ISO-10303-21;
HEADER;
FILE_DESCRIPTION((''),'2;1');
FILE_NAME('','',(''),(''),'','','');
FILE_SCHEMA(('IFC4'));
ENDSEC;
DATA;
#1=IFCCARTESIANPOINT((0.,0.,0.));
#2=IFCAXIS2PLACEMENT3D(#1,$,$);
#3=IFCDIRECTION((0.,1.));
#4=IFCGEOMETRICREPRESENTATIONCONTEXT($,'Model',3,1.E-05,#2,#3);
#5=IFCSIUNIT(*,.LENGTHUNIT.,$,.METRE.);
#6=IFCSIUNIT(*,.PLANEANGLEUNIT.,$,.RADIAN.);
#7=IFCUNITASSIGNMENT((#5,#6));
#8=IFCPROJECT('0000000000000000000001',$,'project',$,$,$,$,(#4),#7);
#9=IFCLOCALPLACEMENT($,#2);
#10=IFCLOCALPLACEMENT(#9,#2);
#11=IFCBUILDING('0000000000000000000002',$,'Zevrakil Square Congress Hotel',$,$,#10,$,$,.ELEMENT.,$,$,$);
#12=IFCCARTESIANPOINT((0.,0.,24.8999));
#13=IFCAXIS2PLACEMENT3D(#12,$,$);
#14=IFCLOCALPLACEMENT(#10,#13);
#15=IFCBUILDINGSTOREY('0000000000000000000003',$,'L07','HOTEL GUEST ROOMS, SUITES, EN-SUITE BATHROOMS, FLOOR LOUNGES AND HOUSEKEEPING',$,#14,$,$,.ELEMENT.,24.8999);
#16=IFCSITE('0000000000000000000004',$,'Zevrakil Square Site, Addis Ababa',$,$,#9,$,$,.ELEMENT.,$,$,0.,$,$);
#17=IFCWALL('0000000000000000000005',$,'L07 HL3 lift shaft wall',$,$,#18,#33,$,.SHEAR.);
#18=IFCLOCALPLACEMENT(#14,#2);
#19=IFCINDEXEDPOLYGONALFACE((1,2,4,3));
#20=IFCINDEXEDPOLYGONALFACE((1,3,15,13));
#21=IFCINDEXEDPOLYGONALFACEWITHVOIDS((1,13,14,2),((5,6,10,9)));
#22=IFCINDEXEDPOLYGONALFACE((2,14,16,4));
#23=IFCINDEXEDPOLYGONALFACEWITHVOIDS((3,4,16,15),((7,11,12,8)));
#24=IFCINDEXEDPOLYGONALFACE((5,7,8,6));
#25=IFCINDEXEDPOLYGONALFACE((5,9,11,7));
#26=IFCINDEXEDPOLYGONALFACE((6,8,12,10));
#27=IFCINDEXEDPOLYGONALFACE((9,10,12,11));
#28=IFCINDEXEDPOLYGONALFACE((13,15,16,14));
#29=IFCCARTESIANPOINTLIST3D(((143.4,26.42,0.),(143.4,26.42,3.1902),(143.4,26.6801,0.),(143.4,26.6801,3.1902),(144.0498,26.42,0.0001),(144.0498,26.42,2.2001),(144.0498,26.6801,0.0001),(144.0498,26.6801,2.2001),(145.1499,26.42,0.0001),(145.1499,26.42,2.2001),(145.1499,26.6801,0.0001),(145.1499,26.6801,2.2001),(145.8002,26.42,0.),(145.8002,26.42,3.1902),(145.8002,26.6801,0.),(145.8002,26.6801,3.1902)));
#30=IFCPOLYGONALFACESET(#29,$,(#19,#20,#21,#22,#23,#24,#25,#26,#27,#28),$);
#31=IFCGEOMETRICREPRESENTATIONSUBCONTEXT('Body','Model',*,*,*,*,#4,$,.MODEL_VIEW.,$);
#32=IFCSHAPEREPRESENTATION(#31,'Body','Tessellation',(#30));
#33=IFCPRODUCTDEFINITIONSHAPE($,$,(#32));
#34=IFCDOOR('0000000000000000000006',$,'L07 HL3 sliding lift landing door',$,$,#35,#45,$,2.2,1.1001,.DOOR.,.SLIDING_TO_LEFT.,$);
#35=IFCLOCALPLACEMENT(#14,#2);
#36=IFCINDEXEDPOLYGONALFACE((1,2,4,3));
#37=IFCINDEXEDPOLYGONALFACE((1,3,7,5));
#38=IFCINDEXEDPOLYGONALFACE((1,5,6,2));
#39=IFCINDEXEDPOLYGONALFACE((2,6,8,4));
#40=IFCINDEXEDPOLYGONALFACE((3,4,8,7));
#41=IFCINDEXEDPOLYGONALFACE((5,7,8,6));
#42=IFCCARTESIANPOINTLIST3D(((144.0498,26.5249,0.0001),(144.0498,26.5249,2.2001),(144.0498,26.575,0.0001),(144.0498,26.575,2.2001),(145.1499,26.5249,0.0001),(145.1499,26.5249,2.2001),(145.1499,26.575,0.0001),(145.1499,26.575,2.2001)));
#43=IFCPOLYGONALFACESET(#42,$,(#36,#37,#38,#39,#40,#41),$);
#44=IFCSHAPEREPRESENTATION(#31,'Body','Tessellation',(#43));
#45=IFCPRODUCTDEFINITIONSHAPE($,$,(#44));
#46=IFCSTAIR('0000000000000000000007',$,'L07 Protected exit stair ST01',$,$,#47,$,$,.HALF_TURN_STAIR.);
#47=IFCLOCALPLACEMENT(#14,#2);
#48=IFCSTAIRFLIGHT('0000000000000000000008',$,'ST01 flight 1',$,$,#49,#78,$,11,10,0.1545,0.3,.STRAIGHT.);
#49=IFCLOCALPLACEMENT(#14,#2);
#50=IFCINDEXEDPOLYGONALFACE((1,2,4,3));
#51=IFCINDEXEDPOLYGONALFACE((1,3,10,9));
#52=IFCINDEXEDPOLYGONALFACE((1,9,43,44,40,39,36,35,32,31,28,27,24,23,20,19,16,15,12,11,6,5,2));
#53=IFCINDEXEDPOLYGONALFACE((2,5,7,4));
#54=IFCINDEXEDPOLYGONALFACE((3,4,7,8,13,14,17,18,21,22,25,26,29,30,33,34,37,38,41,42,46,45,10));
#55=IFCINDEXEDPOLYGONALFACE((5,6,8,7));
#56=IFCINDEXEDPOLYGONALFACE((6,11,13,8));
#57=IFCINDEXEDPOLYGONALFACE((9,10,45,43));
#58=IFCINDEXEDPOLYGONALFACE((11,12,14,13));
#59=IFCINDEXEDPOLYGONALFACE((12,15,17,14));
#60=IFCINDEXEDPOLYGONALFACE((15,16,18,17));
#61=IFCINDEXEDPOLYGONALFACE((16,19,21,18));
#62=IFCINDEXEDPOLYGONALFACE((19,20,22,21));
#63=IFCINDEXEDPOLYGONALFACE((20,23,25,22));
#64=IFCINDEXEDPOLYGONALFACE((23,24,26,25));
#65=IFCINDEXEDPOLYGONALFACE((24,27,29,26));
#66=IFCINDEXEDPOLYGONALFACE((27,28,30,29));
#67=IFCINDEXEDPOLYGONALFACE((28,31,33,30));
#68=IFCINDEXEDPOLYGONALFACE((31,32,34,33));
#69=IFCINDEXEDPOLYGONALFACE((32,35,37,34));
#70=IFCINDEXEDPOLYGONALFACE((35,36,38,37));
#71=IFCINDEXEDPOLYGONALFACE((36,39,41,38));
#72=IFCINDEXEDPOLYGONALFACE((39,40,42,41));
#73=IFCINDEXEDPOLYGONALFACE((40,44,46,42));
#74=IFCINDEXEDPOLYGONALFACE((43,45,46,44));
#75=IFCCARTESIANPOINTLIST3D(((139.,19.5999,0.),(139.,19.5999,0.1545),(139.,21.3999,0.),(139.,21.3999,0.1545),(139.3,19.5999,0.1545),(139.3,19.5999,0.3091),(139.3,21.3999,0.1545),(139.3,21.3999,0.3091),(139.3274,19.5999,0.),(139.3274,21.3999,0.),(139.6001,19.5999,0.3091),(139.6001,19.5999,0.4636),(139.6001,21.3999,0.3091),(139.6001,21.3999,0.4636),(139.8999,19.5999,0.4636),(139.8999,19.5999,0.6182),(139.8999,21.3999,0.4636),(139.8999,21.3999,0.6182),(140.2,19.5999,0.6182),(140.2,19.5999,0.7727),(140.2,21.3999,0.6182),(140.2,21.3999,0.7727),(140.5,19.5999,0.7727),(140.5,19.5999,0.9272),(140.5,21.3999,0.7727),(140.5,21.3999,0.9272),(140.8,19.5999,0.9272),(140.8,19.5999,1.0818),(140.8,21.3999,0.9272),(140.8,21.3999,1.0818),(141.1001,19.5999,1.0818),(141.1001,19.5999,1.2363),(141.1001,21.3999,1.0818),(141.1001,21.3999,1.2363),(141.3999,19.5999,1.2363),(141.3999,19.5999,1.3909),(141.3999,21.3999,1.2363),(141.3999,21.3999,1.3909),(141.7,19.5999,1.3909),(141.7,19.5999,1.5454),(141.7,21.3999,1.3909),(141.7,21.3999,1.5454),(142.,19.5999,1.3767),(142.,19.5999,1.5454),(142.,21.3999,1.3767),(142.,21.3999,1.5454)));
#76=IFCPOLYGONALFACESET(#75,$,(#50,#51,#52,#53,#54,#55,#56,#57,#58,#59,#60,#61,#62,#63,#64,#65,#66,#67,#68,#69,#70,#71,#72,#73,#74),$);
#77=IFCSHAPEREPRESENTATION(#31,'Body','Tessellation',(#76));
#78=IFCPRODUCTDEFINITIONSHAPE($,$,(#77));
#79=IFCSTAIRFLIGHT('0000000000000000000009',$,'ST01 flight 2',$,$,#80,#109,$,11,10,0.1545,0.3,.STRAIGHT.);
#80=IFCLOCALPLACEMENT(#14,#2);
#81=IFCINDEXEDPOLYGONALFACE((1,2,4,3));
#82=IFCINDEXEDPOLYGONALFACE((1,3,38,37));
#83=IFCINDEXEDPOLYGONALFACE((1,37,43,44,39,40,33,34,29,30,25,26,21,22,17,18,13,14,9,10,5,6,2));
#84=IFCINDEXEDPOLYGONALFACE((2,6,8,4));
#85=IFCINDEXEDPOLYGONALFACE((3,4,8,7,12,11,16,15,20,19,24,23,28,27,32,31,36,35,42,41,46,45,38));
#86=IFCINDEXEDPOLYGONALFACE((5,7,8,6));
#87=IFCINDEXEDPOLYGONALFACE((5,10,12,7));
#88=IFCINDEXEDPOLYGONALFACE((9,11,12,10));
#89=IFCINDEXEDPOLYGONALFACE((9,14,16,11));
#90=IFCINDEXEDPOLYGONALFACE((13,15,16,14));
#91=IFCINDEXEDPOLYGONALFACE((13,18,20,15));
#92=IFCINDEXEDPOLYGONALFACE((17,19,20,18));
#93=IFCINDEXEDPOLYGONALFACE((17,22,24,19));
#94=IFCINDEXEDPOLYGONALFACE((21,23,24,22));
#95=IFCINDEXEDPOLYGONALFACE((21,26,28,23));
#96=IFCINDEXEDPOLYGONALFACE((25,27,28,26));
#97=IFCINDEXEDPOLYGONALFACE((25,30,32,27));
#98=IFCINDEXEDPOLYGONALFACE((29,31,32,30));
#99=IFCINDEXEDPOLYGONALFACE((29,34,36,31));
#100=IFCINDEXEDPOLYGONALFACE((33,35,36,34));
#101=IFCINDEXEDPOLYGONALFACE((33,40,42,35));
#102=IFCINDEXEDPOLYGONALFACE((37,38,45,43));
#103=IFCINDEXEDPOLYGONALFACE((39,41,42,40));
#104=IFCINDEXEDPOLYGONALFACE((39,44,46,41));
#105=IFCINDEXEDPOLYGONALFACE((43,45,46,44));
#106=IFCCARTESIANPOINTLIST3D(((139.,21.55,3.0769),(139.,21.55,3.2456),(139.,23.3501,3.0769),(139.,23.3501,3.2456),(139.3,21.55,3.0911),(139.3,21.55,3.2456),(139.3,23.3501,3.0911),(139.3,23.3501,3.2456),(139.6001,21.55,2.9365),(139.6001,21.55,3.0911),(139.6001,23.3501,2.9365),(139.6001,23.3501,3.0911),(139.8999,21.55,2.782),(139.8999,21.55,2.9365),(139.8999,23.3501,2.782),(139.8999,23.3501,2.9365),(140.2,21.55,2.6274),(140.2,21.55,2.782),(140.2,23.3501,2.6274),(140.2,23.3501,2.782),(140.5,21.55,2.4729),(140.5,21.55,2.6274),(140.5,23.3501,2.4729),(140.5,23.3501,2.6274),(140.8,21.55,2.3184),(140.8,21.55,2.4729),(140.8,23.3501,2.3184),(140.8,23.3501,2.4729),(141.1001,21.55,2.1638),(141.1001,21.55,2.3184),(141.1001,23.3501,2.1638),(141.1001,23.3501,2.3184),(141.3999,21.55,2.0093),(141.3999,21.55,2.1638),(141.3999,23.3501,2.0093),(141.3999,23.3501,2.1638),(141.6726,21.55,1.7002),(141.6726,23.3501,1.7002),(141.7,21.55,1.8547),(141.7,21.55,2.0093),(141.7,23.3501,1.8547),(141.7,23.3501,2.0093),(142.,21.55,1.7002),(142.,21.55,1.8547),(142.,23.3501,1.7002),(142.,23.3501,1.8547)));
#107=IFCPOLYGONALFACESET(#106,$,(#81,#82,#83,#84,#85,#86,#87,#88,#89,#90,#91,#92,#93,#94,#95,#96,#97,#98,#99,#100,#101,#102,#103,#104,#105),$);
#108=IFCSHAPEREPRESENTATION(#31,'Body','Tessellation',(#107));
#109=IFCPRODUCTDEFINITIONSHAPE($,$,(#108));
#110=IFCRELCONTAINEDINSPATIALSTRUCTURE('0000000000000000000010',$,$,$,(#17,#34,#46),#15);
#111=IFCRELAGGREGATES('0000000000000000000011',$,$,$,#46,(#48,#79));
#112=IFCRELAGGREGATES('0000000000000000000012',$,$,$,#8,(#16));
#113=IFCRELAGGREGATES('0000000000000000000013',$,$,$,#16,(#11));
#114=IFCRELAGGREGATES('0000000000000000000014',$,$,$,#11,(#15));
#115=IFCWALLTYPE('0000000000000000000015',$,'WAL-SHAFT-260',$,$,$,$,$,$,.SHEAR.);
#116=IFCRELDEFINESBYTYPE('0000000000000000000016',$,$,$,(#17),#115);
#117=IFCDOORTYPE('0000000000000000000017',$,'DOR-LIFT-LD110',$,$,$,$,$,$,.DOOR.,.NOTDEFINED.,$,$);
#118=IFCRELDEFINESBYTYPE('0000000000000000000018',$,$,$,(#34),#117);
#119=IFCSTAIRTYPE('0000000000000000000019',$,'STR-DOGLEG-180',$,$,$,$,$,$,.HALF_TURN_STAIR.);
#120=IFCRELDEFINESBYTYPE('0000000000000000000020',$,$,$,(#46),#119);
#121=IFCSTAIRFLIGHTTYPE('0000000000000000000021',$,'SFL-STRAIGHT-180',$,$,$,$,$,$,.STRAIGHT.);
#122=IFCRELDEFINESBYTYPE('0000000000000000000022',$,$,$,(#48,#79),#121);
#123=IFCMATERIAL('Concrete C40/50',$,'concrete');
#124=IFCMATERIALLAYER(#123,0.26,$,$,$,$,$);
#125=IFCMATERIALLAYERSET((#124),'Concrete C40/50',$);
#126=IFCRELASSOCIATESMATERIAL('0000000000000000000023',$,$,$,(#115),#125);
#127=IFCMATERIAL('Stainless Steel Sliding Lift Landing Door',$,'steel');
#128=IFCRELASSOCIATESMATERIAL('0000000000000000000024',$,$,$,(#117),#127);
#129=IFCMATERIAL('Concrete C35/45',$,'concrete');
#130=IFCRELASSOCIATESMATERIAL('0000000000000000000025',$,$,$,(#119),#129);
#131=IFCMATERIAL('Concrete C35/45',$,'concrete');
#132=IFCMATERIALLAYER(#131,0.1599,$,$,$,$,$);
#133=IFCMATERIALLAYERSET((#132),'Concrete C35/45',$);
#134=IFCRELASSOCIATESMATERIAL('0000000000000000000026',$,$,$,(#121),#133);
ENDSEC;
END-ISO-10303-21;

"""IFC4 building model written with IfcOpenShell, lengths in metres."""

from ifc_helpers import new_model, si_unit, direction, frame, frame_2d, origin, place, context, subcontext, project, spatial, polyline, rectangle, outline, extrude, material, layer, layer_set, type_object, element, fill, aggregate, save


model = new_model("IFC4")

# Units and contexts
model_context = context("Model", 3, precision=1e-05, world=origin(), true_north=direction((0.0, 1.0)))
body_context = subcontext(model_context, "Body", "Model", "MODEL_VIEW")
ifc_project = project(units=[si_unit("LENGTHUNIT", "METRE"), si_unit("PLANEANGLEUNIT", "RADIAN")], contexts=[model_context])

# Site, building, storey
site_placement = place(None, origin())
site = spatial("IfcSite", under=ifc_project, at=site_placement, Name="Zevrakil Square Site, Addis Ababa", CompositionType="ELEMENT", RefElevation=0.0)
building_placement = place(site_placement, origin())
building = spatial("IfcBuilding", under=site, at=building_placement, Name="Zevrakil Square Congress Hotel", CompositionType="ELEMENT")
storey_placement = place(building_placement, frame((0.0, 0.0, 24.8999)))
storey = spatial("IfcBuildingStorey", under=building, at=storey_placement, Name="L07", Description="HOTEL GUEST ROOMS, SUITES, EN-SUITE BATHROOMS, FLOOR LOUNGES AND HOUSEKEEPING", CompositionType="ELEMENT", Elevation=24.8999)

# Wall, opening, door
ifc_material_1 = material(Name="Concrete C40/50", Category="concrete")
ifc_layer_1 = layer(ifc_material_1, 0.26)
ifc_layer_set_1 = layer_set([ifc_layer_1], Name="Concrete C40/50")
wall_type_1 = type_object("IfcWallType", Name="WAL-SHAFT-260", PredefinedType="SHEAR", material=ifc_layer_set_1)
ifc_material_2 = material(Name="Stainless Steel Sliding Lift Landing Door", Category="steel")
door_type_1 = type_object("IfcDoorType", Name="DOR-LIFT-LD110", OperationType="NOTDEFINED", PredefinedType="DOOR", material=ifc_material_2)
wall_1_placement = place(storey_placement, frame((143.3999, 26.55, 0.0), z_axis=(0.0, 0.0, 1.0), x_axis=(1.0, 0.0, 0.0)))
wall_1 = element("IfcWall", 1, at=wall_1_placement, inside=storey, type_object=wall_type_1, Name="L07 HL3 lift shaft wall", PredefinedType="SHEAR", context=body_context, shape_type="SweptSolid", body=[
    extrude(rectangle(XDim=2.4001, YDim=0.26, at=frame_2d((1.2002, 0.0))), origin(), (0.0, 0.0, 1.0), 3.1902),
])
opening_1_placement = place(wall_1_placement, frame((0.6499, 0.0, 0.0)))
opening_1 = element("IfcOpeningElement", 2, at=opening_1_placement, cuts=wall_1, PredefinedType="OPENING", context=body_context, shape_type="SweptSolid", body=[
    extrude(rectangle(XDim=1.1001, YDim=2.2, at=frame_2d((0.55, 1.1001))), frame((0.0, 0.1401, 0.0), z_axis=(0.0, -1.0, 0.0), x_axis=(1.0, 0.0, 0.0)), (0.0, 0.0, 1.0), 0.28),
])
door_1_placement = place(opening_1_placement, origin())
door_1 = element("IfcDoor", 3, at=door_1_placement, inside=storey, type_object=door_type_1, Name="L07 HL3 sliding lift landing door", OperationType="SLIDING_TO_LEFT", OverallHeight=2.2, OverallWidth=1.1001, PredefinedType="DOOR", context=body_context, shape_type="SweptSolid", body=[
    extrude(rectangle(XDim=1.1001, YDim=2.2, at=frame_2d((0.55, 1.1001))), frame((0.0, 0.0249, 0.0), z_axis=(0.0, -1.0, 0.0), x_axis=(1.0, 0.0, 0.0)), (0.0, 0.0, 1.0), 0.05),
])
fill(opening_1, door_1)

# Stair, stair flights
ifc_material_3 = material(Name="Concrete C35/45", Category="concrete")
stair_type = type_object("IfcStairType", Name="STR-DOGLEG-180", PredefinedType="HALF_TURN_STAIR", material=ifc_material_3)
stair_placement = place(storey_placement, origin())
stair = element("IfcStair", 4, at=stair_placement, inside=storey, type_object=stair_type, Name="L07 Protected exit stair ST01", PredefinedType="HALF_TURN_STAIR")
ifc_material_4 = material(Name="Concrete C35/45", Category="concrete")
ifc_layer_2 = layer(ifc_material_4, 0.1599)
ifc_layer_set_2 = layer_set([ifc_layer_2], Name="Concrete C35/45")
stair_flight_type = type_object("IfcStairFlightType", Name="SFL-STRAIGHT-180", PredefinedType="STRAIGHT", material=ifc_layer_set_2)
stair_flight_1_placement = place(storey_placement, frame((139.0, 20.5, 0.0), z_axis=(0.0, 0.0, 1.0), x_axis=(1.0, 0.0, 0.0)))
stair_flight_1 = element("IfcStairFlight", 5, at=stair_flight_1_placement, type_object=stair_flight_type, Name="ST01 flight 1", NumberOfRisers=11, NumberOfTreads=10, PredefinedType="STRAIGHT", RiserHeight=0.1545, TreadLength=0.3, context=body_context, shape_type="SweptSolid", body=[
    extrude(outline(polyline([(0.0, 0.0), (0.0, 0.1545), (0.3, 0.1545), (0.3, 0.3091), (0.6001, 0.3091), (0.6001, 0.4636), (0.8999, 0.4636), (0.8999, 0.6182), (1.2, 0.6182), (1.2, 0.7727), (1.5, 0.7727), (1.5, 0.9272), (1.8, 0.9272), (1.8, 1.0818), (2.1001, 1.0818), (2.1001, 1.2363), (2.3999, 1.2363), (2.3999, 1.3909), (2.7, 1.3909), (2.7, 1.5454), (3.0, 1.5454), (3.0, 1.7), (3.0, 1.3767), (0.3274, 0.0), (0.0, 0.0)])), frame((0.0, 0.8999, 0.0), z_axis=(0.0, -1.0, 0.0), x_axis=(1.0, 0.0, 0.0)), (0.0, 0.0, 1.0), 1.8),
])
stair_flight_2_placement = place(storey_placement, frame((142.0, 22.45, 1.7002), z_axis=(0.0, 0.0, 1.0), x_axis=(-1.0, 0.0, 0.0)))
stair_flight_2 = element("IfcStairFlight", 6, at=stair_flight_2_placement, type_object=stair_flight_type, Name="ST01 flight 2", NumberOfRisers=11, NumberOfTreads=10, PredefinedType="STRAIGHT", RiserHeight=0.1545, TreadLength=0.3, context=body_context, shape_type="SweptSolid", body=[
    extrude(outline(polyline([(0.0, 0.0), (0.0, 0.1545), (0.3, 0.1545), (0.3, 0.3091), (0.6001, 0.3091), (0.6001, 0.4636), (0.8999, 0.4636), (0.8999, 0.6182), (1.2, 0.6182), (1.2, 0.7727), (1.5, 0.7727), (1.5, 0.9272), (1.8, 0.9272), (1.8, 1.0818), (2.1001, 1.0818), (2.1001, 1.2363), (2.3999, 1.2363), (2.3999, 1.3909), (2.7, 1.3909), (2.7, 1.5454), (3.0, 1.5454), (3.0, 1.7), (3.0, 1.3767), (0.3274, 0.0), (0.0, 0.0)])), frame((0.0, 0.8999, 0.0), z_axis=(0.0, -1.0, 0.0), x_axis=(1.0, 0.0, 0.0)), (0.0, 0.0, 1.0), 1.8),
])
aggregate(stair, [stair_flight_1, stair_flight_2])

save(model, "model.ifc")
